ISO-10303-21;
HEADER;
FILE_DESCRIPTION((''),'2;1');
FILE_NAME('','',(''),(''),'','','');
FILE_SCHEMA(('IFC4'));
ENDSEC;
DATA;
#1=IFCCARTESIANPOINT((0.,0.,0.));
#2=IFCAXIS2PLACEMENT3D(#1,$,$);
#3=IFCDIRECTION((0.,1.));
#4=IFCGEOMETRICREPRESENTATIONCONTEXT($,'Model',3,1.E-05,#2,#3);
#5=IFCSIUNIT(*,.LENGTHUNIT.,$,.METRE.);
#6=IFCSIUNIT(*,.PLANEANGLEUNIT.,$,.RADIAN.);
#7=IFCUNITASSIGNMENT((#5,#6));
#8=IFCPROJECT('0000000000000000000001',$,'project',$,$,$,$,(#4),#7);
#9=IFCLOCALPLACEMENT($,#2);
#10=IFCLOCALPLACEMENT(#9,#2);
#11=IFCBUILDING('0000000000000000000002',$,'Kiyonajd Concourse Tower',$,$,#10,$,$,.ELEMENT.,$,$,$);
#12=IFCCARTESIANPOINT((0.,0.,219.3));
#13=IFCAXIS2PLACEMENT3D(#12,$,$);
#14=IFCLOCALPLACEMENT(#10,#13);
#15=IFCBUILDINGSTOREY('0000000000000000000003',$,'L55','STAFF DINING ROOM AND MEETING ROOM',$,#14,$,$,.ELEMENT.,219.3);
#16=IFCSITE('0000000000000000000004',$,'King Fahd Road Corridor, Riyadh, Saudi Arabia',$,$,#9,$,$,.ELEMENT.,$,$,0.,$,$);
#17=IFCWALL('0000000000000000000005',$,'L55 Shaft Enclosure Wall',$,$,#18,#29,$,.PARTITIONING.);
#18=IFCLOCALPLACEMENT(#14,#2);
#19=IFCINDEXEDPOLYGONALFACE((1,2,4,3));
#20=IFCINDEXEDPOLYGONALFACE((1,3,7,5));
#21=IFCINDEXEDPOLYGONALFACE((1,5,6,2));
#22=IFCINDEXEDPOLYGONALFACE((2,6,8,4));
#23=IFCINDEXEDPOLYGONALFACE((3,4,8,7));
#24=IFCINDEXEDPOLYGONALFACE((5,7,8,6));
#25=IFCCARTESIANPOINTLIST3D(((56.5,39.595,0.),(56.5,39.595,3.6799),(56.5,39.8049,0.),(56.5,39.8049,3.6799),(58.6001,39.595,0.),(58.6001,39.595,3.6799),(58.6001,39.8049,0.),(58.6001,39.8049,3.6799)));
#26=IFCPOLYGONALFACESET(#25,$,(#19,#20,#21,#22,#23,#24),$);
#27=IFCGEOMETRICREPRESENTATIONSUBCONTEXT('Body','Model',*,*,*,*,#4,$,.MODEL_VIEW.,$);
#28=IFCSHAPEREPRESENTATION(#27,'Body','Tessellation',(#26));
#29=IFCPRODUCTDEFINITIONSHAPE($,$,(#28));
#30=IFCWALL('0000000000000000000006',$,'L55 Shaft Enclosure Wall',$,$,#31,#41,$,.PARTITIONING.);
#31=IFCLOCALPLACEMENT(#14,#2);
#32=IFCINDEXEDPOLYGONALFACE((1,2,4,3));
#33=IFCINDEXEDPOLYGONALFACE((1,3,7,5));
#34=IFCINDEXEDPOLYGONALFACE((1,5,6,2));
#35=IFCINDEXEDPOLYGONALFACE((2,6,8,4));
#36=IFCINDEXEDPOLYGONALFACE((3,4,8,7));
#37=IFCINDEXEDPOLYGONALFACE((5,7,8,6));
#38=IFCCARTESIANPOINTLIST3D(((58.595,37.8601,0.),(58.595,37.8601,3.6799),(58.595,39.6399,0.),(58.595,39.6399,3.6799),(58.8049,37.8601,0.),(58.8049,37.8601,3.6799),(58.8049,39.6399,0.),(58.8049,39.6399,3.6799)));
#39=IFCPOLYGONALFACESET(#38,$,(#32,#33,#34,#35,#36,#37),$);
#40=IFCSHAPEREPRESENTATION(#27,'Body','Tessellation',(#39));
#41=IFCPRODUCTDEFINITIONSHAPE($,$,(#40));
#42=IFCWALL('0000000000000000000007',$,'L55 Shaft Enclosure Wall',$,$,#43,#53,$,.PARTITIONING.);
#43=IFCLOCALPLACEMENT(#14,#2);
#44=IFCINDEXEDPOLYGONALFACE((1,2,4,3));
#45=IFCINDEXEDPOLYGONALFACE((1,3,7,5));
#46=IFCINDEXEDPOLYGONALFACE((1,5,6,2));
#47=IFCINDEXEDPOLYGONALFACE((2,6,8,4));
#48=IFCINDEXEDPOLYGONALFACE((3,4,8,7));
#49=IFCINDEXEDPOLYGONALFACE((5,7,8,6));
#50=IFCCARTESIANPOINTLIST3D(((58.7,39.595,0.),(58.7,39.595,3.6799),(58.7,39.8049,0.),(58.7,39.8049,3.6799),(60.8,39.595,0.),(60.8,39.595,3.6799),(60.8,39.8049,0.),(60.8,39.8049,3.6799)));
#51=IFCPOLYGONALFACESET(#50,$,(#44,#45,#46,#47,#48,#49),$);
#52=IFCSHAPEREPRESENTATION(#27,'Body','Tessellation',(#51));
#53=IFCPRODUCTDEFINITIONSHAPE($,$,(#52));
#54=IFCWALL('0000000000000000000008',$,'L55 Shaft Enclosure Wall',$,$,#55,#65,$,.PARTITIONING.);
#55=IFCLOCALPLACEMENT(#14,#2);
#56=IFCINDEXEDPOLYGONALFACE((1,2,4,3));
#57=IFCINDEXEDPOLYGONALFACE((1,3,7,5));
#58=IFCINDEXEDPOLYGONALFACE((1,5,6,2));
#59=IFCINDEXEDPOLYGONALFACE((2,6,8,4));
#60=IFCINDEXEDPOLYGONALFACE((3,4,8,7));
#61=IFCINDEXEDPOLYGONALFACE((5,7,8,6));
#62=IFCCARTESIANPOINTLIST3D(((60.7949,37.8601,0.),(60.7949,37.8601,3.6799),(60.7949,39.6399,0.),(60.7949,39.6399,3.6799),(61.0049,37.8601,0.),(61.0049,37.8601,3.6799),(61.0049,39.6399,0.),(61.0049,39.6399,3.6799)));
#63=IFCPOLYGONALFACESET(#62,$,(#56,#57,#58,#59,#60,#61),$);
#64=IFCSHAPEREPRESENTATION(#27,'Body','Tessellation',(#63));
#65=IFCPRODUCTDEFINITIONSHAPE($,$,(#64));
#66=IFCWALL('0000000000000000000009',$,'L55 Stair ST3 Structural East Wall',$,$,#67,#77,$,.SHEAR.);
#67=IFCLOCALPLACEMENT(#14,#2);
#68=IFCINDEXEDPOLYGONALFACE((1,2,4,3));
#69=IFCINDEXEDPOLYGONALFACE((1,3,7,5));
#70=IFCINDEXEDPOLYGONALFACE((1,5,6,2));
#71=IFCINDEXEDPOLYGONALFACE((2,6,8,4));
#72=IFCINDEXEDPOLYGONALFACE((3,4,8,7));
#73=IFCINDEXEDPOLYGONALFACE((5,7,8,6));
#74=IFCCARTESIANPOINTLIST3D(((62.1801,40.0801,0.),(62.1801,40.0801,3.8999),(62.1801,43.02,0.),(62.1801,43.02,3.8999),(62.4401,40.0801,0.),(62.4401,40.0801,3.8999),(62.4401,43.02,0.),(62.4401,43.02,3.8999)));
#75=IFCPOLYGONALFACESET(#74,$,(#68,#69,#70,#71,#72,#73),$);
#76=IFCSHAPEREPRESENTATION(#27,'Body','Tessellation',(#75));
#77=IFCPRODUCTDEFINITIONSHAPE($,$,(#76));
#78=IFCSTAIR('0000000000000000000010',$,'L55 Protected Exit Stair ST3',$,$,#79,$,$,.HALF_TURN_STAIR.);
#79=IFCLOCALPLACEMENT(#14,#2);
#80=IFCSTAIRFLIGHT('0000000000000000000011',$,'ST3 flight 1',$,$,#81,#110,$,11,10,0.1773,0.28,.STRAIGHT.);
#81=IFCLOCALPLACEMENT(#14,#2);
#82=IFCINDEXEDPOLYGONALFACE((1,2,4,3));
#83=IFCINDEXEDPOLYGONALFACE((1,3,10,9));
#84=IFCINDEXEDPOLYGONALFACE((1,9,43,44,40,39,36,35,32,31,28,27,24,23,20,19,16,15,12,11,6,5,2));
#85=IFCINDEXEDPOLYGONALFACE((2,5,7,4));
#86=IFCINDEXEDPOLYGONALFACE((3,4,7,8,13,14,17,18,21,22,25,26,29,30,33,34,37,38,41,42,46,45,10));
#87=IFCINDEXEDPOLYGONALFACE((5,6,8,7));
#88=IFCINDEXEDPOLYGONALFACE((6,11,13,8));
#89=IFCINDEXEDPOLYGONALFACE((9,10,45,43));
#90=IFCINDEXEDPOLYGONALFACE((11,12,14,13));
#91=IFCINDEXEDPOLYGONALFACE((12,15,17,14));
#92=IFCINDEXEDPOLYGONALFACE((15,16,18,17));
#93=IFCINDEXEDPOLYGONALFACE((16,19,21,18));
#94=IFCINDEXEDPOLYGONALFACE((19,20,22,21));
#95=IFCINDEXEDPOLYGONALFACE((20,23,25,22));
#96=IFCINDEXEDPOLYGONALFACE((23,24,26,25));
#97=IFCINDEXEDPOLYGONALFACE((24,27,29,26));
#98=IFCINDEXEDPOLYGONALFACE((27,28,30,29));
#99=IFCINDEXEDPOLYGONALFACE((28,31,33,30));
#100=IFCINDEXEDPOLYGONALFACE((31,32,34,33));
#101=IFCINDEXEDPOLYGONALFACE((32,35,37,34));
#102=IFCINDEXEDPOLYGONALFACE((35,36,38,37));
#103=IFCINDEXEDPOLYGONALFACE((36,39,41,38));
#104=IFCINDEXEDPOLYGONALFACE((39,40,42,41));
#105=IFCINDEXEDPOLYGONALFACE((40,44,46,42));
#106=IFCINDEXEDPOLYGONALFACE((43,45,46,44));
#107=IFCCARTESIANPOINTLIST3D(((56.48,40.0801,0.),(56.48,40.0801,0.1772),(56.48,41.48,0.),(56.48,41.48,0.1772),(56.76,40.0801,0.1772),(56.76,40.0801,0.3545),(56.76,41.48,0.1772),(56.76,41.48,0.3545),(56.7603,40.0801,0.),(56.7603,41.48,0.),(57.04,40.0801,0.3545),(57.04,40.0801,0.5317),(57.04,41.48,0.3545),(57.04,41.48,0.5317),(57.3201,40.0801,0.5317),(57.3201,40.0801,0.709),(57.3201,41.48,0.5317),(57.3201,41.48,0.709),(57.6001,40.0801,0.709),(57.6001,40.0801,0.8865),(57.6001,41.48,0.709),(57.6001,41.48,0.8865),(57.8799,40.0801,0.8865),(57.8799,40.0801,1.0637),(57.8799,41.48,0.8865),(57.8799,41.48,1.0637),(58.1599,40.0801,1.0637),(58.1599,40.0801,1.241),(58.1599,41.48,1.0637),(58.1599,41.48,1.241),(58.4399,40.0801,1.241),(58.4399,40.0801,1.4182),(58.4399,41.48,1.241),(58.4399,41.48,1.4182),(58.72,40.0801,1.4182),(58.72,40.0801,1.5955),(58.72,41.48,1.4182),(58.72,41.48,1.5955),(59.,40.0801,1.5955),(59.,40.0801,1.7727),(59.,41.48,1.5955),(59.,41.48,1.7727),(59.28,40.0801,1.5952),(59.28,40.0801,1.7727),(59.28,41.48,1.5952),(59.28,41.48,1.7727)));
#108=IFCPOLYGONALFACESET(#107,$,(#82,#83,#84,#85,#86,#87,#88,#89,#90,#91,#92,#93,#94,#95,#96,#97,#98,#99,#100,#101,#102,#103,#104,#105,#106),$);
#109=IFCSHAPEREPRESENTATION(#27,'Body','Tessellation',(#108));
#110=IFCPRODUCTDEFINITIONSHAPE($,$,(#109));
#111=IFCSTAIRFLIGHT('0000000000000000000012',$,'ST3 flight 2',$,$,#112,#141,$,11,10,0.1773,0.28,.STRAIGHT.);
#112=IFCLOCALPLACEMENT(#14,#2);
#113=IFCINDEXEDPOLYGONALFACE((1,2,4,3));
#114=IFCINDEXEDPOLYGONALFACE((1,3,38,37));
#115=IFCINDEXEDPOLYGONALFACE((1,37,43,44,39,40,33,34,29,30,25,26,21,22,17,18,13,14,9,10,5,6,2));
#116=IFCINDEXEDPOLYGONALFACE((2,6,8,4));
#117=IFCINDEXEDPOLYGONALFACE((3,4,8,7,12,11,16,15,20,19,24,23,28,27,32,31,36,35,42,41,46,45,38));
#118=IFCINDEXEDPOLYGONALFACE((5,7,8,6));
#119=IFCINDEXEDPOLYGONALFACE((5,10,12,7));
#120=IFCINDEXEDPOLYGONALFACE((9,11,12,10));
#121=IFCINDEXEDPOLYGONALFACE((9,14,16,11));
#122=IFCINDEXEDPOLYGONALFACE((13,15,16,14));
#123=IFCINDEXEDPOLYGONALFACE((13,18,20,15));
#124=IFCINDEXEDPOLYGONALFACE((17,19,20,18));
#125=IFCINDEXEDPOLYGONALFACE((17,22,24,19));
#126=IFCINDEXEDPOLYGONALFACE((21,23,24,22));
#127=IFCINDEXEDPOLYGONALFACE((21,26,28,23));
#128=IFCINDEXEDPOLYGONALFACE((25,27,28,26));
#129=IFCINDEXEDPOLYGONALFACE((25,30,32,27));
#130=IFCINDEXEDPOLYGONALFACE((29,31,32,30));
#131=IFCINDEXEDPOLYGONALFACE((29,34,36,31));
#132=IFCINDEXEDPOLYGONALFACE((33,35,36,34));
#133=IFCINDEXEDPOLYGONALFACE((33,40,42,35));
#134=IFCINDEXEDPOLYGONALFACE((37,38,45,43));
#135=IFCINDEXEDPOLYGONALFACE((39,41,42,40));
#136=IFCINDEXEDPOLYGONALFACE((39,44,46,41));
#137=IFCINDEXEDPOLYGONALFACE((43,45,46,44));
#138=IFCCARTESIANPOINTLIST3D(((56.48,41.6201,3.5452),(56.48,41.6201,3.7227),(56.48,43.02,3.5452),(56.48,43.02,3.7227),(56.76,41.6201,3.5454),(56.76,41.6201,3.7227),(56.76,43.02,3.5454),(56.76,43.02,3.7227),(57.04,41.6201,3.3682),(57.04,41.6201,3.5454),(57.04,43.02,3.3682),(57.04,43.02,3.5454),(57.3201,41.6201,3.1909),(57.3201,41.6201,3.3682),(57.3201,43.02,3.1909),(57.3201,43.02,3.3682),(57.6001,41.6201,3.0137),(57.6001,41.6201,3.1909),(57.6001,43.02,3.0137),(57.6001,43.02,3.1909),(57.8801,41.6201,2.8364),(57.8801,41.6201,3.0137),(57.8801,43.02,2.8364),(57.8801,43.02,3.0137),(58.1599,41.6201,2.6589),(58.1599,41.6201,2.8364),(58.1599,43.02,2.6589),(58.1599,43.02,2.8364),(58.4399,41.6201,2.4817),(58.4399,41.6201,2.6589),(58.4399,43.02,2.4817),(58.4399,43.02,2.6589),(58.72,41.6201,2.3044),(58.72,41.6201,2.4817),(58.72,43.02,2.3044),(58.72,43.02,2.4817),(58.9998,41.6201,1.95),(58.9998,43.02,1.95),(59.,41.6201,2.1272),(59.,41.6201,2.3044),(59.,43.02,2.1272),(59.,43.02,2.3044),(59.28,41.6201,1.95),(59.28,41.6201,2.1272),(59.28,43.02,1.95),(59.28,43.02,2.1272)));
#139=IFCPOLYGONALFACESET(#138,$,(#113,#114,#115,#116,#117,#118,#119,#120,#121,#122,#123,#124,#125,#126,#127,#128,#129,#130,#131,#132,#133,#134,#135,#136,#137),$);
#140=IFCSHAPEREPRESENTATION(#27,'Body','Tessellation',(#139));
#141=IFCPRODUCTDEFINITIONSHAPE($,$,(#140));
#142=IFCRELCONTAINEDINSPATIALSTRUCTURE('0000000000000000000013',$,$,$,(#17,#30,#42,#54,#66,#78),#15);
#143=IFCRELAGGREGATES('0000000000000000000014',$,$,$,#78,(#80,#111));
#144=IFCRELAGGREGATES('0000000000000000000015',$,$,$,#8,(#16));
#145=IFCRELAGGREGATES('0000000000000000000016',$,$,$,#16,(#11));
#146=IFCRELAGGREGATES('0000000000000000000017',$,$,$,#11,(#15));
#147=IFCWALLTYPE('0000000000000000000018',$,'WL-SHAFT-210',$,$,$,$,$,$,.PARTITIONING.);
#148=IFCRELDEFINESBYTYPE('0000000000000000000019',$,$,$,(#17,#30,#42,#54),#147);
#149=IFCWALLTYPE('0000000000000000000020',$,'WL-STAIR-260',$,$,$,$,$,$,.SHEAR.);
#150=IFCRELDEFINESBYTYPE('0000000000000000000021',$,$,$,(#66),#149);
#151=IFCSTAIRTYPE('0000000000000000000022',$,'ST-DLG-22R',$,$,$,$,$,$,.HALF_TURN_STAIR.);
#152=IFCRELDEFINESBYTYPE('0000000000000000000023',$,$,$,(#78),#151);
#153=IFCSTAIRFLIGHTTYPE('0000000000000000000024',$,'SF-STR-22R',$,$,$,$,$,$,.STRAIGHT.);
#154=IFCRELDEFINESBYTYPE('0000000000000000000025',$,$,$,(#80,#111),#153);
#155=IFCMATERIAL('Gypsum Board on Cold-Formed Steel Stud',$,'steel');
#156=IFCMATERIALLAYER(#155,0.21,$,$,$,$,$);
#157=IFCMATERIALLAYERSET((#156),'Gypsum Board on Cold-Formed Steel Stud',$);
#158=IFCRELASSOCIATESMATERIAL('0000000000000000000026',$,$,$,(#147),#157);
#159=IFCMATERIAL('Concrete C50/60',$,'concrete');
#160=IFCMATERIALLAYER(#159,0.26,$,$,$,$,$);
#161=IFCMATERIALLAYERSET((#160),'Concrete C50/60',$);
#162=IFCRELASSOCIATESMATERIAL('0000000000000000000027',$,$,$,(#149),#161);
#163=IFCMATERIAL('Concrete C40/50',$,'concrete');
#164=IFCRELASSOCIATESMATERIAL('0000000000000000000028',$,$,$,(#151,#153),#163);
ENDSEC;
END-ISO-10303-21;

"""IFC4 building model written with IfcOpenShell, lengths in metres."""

from ifc_helpers import new_model, si_unit, direction, frame, frame_2d, origin, place, context, subcontext, project, spatial, polyline, rectangle, outline, extrude, material, layer, layer_set, type_object, element, aggregate, save


model = new_model("IFC4")

# Units and contexts
model_context = context("Model", 3, precision=1e-05, world=origin(), true_north=direction((0.0, 1.0)))
body_context = subcontext(model_context, "Body", "Model", "MODEL_VIEW")
ifc_project = project(units=[si_unit("LENGTHUNIT", "METRE"), si_unit("PLANEANGLEUNIT", "RADIAN")], contexts=[model_context])

# Site, building, storey
site_placement = place(None, origin())
site = spatial("IfcSite", under=ifc_project, at=site_placement, Name="King Fahd Road Corridor, Riyadh, Saudi Arabia", CompositionType="ELEMENT", RefElevation=0.0)
building_placement = place(site_placement, origin())
building = spatial("IfcBuilding", under=site, at=building_placement, Name="Kiyonajd Concourse Tower", CompositionType="ELEMENT")
storey_placement = place(building_placement, frame((0.0, 0.0, 219.3)))
storey = spatial("IfcBuildingStorey", under=building, at=storey_placement, Name="L55", Description="STAFF DINING ROOM AND MEETING ROOM", CompositionType="ELEMENT", Elevation=219.3)

# Walls
ifc_material_1 = material(Name="Gypsum Board on Cold-Formed Steel Stud", Category="steel")
ifc_layer_1 = layer(ifc_material_1, 0.21)
ifc_layer_set_1 = layer_set([ifc_layer_1], Name="Gypsum Board on Cold-Formed Steel Stud")
wall_type_1 = type_object("IfcWallType", Name="WL-SHAFT-210", PredefinedType="PARTITIONING", material=ifc_layer_set_1)
wall_1_placement = place(storey_placement, frame((56.5, 39.7, 0.0), z_axis=(0.0, 0.0, 1.0), x_axis=(1.0, 0.0, 0.0)))
element("IfcWall", 1, at=wall_1_placement, inside=storey, type_object=wall_type_1, Name="L55 Shaft Enclosure Wall", PredefinedType="PARTITIONING", context=body_context, shape_type="SweptSolid", body=[
    extrude(rectangle(XDim=2.1001, YDim=0.21, at=frame_2d((1.05, 0.0))), origin(), (0.0, 0.0, 1.0), 3.6799),
])
wall_2_placement = place(storey_placement, frame((58.7, 37.8601, 0.0), z_axis=(0.0, 0.0, 1.0), x_axis=(0.0, 1.0, 0.0)))
element("IfcWall", 2, at=wall_2_placement, inside=storey, type_object=wall_type_1, Name="L55 Shaft Enclosure Wall", PredefinedType="PARTITIONING", context=body_context, shape_type="SweptSolid", body=[
    extrude(rectangle(XDim=1.7798, YDim=0.21, at=frame_2d((0.8899, 0.0))), origin(), (0.0, 0.0, 1.0), 3.6799),
])
wall_3_placement = place(storey_placement, frame((58.7, 39.7, 0.0), z_axis=(0.0, 0.0, 1.0), x_axis=(1.0, 0.0, 0.0)))
element("IfcWall", 3, at=wall_3_placement, inside=storey, type_object=wall_type_1, Name="L55 Shaft Enclosure Wall", PredefinedType="PARTITIONING", context=body_context, shape_type="SweptSolid", body=[
    extrude(rectangle(XDim=2.1001, YDim=0.21, at=frame_2d((1.05, 0.0))), origin(), (0.0, 0.0, 1.0), 3.6799),
])
wall_4_placement = place(storey_placement, frame((60.8999, 37.8601, 0.0), z_axis=(0.0, 0.0, 1.0), x_axis=(0.0, 1.0, 0.0)))
element("IfcWall", 4, at=wall_4_placement, inside=storey, type_object=wall_type_1, Name="L55 Shaft Enclosure Wall", PredefinedType="PARTITIONING", context=body_context, shape_type="SweptSolid", body=[
    extrude(rectangle(XDim=1.7798, YDim=0.21, at=frame_2d((0.8899, 0.0))), origin(), (0.0, 0.0, 1.0), 3.6799),
])
ifc_material_2 = material(Name="Concrete C50/60", Category="concrete")
ifc_layer_2 = layer(ifc_material_2, 0.26)
ifc_layer_set_2 = layer_set([ifc_layer_2], Name="Concrete C50/60")
wall_type_2 = type_object("IfcWallType", Name="WL-STAIR-260", PredefinedType="SHEAR", material=ifc_layer_set_2)
wall_5_placement = place(storey_placement, frame((62.3101, 40.0801, 0.0), z_axis=(0.0, 0.0, 1.0), x_axis=(0.0, 1.0, 0.0)))
element("IfcWall", 5, at=wall_5_placement, inside=storey, type_object=wall_type_2, Name="L55 Stair ST3 Structural East Wall", PredefinedType="SHEAR", context=body_context, shape_type="SweptSolid", body=[
    extrude(rectangle(XDim=2.9399, YDim=0.26, at=frame_2d((1.47, 0.0))), origin(), (0.0, 0.0, 1.0), 3.8999),
])

# Stair, stair flights
ifc_material_3 = material(Name="Concrete C40/50", Category="concrete")
stair_type = type_object("IfcStairType", Name="ST-DLG-22R", PredefinedType="HALF_TURN_STAIR", material=ifc_material_3)
stair_placement = place(storey_placement, origin())
stair = element("IfcStair", 6, at=stair_placement, inside=storey, type_object=stair_type, Name="L55 Protected Exit Stair ST3", PredefinedType="HALF_TURN_STAIR")
stair_flight_type = type_object("IfcStairFlightType", Name="SF-STR-22R", PredefinedType="STRAIGHT", material=ifc_material_3)
stair_flight_1_placement = place(storey_placement, frame((56.48, 40.78, 0.0), z_axis=(0.0, 0.0, 1.0), x_axis=(1.0, 0.0, 0.0)))
stair_flight_1 = element("IfcStairFlight", 7, at=stair_flight_1_placement, type_object=stair_flight_type, Name="ST3 flight 1", NumberOfRisers=11, NumberOfTreads=10, PredefinedType="STRAIGHT", RiserHeight=0.1773, TreadLength=0.28, context=body_context, shape_type="SweptSolid", body=[
    extrude(outline(polyline([(0.0, 0.0), (0.0, 0.1772), (0.28, 0.1772), (0.28, 0.3545), (0.5601, 0.3545), (0.5601, 0.5317), (0.8401, 0.5317), (0.8401, 0.709), (1.1201, 0.709), (1.1201, 0.8865), (1.3999, 0.8865), (1.3999, 1.0637), (1.6799, 1.0637), (1.6799, 1.241), (1.96, 1.241), (1.96, 1.4182), (2.24, 1.4182), (2.24, 1.5955), (2.52, 1.5955), (2.52, 1.7727), (2.8, 1.7727), (2.8, 1.95), (2.8, 1.5952), (0.2803, 0.0), (0.0, 0.0)])), frame((0.0, 0.7, 0.0), z_axis=(0.0, -1.0, 0.0), x_axis=(1.0, 0.0, 0.0)), (0.0, 0.0, 1.0), 1.3999),
])
stair_flight_2_placement = place(storey_placement, frame((59.28, 42.3201, 1.95), z_axis=(0.0, 0.0, 1.0), x_axis=(-1.0, 0.0, 0.0)))
stair_flight_2 = element("IfcStairFlight", 8, at=stair_flight_2_placement, type_object=stair_flight_type, Name="ST3 flight 2", NumberOfRisers=11, NumberOfTreads=10, PredefinedType="STRAIGHT", RiserHeight=0.1773, TreadLength=0.28, context=body_context, shape_type="SweptSolid", body=[
    extrude(outline(polyline([(0.0, 0.0), (0.0, 0.1772), (0.28, 0.1772), (0.28, 0.3545), (0.5601, 0.3545), (0.5601, 0.5317), (0.8401, 0.5317), (0.8401, 0.709), (1.1201, 0.709), (1.1201, 0.8865), (1.3999, 0.8865), (1.3999, 1.0637), (1.6799, 1.0637), (1.6799, 1.241), (1.96, 1.241), (1.96, 1.4182), (2.24, 1.4182), (2.24, 1.5955), (2.52, 1.5955), (2.52, 1.7727), (2.8, 1.7727), (2.8, 1.95), (2.8, 1.5952), (0.2803, 0.0), (0.0, 0.0)])), frame((0.0, 0.7, 0.0), z_axis=(0.0, -1.0, 0.0), x_axis=(1.0, 0.0, 0.0)), (0.0, 0.0, 1.0), 1.3999),
])
aggregate(stair, [stair_flight_1, stair_flight_2])

save(model, "model.ifc")
